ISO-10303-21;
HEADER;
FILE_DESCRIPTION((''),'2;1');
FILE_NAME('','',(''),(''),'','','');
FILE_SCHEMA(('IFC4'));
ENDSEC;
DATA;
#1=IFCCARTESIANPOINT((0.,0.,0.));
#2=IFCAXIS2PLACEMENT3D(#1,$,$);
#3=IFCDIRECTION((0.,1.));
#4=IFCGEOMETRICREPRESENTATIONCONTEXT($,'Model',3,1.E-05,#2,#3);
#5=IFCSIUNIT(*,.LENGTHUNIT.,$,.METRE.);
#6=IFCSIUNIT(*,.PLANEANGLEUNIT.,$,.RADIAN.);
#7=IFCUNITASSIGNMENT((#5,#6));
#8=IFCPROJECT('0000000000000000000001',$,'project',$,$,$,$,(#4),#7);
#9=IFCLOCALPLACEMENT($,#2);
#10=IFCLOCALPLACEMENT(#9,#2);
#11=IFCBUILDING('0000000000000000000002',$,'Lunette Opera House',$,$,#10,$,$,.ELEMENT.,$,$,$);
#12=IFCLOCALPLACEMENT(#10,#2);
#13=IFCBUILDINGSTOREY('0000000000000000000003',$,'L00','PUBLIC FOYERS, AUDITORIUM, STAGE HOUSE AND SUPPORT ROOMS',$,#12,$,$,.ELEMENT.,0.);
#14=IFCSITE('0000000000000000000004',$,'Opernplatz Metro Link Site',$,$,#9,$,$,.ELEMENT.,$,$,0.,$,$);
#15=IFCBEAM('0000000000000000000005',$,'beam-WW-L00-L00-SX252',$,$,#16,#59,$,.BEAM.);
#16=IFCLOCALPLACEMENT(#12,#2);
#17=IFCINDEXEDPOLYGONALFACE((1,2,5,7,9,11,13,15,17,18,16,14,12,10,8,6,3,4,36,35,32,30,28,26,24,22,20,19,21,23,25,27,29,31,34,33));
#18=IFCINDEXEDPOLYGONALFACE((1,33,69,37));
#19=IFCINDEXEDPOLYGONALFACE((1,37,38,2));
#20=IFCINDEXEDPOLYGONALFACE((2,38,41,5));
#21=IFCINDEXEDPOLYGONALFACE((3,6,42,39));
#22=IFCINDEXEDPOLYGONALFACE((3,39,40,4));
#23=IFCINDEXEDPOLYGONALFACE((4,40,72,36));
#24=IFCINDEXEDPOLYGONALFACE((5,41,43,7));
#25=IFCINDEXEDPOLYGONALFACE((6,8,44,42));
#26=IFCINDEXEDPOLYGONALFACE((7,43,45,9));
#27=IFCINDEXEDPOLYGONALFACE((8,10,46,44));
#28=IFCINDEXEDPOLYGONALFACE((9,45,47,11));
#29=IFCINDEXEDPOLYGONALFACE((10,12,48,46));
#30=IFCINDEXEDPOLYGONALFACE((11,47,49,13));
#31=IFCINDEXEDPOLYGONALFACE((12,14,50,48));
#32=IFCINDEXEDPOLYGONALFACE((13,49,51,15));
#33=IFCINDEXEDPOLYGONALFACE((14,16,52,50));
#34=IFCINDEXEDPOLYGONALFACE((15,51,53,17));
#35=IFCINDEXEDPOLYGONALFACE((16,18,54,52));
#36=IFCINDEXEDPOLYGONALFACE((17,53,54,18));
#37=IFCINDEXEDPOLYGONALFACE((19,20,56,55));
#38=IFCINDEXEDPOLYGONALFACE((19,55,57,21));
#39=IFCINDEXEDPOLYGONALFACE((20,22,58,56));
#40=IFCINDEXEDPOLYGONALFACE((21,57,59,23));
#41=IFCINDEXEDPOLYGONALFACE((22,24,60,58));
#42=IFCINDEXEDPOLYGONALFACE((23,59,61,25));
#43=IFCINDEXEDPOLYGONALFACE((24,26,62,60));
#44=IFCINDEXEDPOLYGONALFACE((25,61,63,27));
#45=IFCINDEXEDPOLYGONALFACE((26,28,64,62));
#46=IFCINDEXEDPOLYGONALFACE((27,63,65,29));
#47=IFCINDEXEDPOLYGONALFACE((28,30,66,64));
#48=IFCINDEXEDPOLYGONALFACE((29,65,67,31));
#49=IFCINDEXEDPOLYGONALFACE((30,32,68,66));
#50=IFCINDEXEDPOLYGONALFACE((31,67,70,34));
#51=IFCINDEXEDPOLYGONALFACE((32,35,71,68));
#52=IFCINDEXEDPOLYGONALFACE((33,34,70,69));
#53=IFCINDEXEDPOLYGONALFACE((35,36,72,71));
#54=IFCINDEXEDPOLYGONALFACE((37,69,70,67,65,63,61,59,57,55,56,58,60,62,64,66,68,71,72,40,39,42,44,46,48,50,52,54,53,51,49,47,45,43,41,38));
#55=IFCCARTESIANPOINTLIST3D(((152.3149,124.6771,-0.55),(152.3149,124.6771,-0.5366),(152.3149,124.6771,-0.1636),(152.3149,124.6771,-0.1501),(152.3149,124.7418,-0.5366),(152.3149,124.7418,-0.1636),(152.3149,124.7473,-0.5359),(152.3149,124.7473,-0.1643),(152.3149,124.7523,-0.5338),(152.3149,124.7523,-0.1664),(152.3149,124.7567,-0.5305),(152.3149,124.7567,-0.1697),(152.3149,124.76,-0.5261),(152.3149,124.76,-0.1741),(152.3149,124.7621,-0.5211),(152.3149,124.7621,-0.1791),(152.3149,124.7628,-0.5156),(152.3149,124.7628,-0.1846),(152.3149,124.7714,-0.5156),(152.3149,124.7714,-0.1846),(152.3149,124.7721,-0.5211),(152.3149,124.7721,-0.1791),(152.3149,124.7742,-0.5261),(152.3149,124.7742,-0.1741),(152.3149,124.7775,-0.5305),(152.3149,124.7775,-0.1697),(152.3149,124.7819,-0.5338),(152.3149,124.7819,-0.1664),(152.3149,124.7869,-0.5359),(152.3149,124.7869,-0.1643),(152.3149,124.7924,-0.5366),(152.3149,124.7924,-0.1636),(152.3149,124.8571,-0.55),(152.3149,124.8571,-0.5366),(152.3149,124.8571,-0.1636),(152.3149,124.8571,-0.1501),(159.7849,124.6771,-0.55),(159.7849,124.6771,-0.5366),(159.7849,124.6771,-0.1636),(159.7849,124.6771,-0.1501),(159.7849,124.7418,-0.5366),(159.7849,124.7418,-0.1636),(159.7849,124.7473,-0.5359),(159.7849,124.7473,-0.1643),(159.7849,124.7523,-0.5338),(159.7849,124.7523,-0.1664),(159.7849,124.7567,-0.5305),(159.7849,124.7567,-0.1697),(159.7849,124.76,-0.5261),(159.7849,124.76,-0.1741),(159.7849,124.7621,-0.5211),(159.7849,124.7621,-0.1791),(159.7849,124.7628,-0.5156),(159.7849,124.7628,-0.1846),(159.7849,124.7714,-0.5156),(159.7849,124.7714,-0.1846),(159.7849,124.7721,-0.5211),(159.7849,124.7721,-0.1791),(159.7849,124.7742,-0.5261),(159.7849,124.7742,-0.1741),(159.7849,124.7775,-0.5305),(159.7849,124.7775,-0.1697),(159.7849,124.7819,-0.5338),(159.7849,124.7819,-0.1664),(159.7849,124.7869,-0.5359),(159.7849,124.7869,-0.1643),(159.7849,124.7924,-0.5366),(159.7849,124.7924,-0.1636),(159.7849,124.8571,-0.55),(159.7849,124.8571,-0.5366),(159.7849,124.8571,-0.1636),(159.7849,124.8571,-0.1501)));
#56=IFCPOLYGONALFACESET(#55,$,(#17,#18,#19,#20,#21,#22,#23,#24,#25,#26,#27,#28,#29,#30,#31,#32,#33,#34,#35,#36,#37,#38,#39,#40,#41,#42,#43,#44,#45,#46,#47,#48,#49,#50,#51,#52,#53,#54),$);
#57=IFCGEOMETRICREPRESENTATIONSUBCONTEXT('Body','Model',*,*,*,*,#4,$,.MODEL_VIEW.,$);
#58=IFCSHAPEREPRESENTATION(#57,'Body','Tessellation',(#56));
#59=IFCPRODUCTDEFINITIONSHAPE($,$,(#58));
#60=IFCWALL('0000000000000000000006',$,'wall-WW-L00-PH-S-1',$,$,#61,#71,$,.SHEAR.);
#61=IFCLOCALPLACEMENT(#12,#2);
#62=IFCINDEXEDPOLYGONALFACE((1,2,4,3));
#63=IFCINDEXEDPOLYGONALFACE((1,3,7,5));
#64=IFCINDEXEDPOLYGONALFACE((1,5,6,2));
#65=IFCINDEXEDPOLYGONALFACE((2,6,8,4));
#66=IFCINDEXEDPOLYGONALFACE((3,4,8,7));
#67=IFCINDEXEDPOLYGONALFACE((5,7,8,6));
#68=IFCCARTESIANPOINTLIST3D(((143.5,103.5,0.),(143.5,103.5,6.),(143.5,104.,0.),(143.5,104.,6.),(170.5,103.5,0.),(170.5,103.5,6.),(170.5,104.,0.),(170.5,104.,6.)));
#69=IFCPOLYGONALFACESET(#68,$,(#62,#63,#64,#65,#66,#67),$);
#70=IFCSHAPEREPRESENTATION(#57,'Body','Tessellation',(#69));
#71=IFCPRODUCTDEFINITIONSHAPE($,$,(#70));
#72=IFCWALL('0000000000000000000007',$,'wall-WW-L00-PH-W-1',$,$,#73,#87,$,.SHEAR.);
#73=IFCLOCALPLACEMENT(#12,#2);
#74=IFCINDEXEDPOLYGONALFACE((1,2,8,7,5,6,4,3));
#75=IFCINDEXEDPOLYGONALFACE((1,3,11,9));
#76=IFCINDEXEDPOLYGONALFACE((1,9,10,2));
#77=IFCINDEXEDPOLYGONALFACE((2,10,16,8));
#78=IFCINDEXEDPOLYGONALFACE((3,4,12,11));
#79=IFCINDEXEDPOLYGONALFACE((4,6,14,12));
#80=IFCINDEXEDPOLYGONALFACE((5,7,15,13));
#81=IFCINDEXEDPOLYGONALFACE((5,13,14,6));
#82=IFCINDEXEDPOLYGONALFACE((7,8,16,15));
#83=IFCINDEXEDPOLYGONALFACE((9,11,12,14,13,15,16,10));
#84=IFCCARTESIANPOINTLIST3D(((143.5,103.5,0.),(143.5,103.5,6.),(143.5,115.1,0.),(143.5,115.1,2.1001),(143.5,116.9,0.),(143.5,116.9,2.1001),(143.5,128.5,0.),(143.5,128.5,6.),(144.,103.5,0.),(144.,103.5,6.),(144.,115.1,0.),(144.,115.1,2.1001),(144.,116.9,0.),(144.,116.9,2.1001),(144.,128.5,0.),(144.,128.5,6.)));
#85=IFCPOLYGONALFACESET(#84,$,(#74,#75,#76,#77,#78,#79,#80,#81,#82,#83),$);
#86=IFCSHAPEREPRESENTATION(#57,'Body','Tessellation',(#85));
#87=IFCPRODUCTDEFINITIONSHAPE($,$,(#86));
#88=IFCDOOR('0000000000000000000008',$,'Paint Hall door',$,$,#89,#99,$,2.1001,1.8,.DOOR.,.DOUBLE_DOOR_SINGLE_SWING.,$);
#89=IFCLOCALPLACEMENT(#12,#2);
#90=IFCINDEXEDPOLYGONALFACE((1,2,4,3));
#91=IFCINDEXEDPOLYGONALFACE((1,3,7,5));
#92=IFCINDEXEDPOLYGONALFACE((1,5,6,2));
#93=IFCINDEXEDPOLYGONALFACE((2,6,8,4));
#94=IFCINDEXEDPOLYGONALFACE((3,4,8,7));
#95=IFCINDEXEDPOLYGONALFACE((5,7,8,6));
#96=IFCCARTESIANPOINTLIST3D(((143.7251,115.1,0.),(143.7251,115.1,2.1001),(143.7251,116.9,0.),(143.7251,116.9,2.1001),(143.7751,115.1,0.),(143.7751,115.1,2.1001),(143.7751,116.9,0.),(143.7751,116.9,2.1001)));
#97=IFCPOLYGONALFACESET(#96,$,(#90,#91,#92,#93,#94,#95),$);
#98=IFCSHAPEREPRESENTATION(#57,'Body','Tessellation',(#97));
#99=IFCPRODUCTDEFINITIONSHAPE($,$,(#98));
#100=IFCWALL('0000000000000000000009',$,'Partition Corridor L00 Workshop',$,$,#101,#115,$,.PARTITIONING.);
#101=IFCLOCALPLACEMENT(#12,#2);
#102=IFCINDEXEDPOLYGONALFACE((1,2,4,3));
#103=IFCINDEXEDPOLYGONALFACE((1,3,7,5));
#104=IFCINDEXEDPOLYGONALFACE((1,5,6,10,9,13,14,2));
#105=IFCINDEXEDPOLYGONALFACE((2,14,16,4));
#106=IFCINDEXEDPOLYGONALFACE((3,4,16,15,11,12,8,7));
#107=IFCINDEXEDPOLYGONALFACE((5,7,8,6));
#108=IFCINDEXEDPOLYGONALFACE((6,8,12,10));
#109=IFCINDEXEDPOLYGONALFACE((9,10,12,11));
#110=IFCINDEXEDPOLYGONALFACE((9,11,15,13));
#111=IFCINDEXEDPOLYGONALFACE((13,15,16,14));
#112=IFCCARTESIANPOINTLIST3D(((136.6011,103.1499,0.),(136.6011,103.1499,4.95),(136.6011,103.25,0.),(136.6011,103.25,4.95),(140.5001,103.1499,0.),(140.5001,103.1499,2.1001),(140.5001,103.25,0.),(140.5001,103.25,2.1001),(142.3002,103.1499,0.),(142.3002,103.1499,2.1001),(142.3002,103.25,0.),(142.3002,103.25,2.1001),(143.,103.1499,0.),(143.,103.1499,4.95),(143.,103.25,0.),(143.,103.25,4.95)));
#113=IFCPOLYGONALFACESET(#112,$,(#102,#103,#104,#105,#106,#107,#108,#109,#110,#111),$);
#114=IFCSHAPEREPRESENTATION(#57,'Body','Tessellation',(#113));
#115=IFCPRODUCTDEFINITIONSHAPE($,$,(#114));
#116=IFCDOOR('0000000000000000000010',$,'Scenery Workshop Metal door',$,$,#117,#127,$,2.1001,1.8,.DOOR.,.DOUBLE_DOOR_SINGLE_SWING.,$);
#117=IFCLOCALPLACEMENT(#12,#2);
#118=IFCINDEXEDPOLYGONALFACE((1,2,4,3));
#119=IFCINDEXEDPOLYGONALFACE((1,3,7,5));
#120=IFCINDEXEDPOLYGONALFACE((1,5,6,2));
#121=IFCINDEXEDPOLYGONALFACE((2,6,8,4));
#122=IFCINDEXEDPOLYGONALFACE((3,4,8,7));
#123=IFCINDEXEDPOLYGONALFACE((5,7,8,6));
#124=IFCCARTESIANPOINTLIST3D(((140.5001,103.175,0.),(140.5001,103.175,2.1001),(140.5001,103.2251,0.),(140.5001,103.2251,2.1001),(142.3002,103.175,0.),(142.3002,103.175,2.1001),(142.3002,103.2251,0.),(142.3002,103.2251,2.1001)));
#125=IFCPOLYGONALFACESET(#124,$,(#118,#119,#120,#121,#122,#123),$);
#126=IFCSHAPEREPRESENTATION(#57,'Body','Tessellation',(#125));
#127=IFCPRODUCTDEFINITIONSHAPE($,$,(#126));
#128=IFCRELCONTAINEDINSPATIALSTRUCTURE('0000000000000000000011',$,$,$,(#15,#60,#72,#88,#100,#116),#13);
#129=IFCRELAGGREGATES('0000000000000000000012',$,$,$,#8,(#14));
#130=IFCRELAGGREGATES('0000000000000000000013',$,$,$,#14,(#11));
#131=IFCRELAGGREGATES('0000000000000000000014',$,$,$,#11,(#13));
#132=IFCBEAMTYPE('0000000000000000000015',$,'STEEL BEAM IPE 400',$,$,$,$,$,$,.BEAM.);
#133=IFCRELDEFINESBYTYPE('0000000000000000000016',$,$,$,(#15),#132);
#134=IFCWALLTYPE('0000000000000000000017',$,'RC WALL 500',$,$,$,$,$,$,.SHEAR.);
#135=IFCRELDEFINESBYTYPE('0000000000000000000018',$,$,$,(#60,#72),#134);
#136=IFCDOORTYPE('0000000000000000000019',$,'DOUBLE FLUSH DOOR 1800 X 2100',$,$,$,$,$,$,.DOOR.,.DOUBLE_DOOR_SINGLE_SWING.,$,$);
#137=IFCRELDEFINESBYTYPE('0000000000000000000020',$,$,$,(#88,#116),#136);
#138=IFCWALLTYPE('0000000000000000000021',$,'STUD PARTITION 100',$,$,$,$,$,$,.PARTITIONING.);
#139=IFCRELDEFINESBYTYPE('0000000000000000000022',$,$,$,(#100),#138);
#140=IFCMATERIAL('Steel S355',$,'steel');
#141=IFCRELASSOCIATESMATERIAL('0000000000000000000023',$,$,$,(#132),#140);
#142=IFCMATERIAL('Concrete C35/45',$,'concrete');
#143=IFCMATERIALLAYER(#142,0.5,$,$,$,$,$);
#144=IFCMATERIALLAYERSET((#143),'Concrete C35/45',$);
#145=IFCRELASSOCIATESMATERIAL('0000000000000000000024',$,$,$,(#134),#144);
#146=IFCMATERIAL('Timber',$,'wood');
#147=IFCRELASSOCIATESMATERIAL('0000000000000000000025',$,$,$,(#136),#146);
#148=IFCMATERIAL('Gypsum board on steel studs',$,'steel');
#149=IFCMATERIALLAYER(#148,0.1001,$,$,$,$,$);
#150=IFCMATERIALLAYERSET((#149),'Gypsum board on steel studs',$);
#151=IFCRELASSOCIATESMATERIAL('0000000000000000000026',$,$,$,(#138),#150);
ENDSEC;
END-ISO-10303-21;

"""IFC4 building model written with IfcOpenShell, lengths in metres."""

from ifc_helpers import new_model, si_unit, direction, frame, frame_2d, origin, origin_2d, place, context, subcontext, project, spatial, rectangle, i_section, extrude, material, layer, layer_set, material_profile, profile_set, type_object, element, fill, save


model = new_model("IFC4")

# Units and contexts
model_context = context("Model", 3, precision=1e-05, world=origin(), true_north=direction((0.0, 1.0)))
body_context = subcontext(model_context, "Body", "Model", "MODEL_VIEW")
ifc_project = project(units=[si_unit("LENGTHUNIT", "METRE"), si_unit("PLANEANGLEUNIT", "RADIAN")], contexts=[model_context])

# Site, building, storey
site_placement = place(None, origin())
site = spatial("IfcSite", under=ifc_project, at=site_placement, Name="Opernplatz Metro Link Site", CompositionType="ELEMENT", RefElevation=0.0)
building_placement = place(site_placement, origin())
building = spatial("IfcBuilding", under=site, at=building_placement, Name="Lunette Opera House", CompositionType="ELEMENT")
storey_placement = place(building_placement, origin())
storey = spatial("IfcBuildingStorey", under=building, at=storey_placement, Name="L00", Description="PUBLIC FOYERS, AUDITORIUM, STAGE HOUSE AND SUPPORT ROOMS", CompositionType="ELEMENT", Elevation=0.0)

# Beam
ifc_material_1 = material(Name="Steel S355", Category="steel")
ifc_material_profile_1 = material_profile(ifc_material_1, i_section(OverallWidth=0.1799, OverallDepth=0.3999, WebThickness=0.0085, FlangeThickness=0.0134, FilletRadius=0.021, at=origin_2d()), Name="IPE 400")
ifc_profile_set_1 = profile_set([ifc_material_profile_1], Name="Steel S355")
beam_type_1 = type_object("IfcBeamType", Name="STEEL BEAM IPE 400", PredefinedType="BEAM", material=ifc_profile_set_1)
for number, where, z_axis, x_axis, name in (
    (1, (152.3149, 124.7671, -0.3501), (1.0, 0.0, 0.0), (0.0, 1.0, 0.0), "beam-WW-L00-L00-SX252"),
):
    element("IfcBeam", number, at=place(storey_placement, frame(where, z_axis=z_axis, x_axis=x_axis)), inside=storey, type_object=beam_type_1, Name=name, PredefinedType="BEAM", context=body_context, shape_type="SweptSolid", body=[
        extrude(i_section(OverallWidth=0.1799, OverallDepth=0.3999, WebThickness=0.0085, FlangeThickness=0.0134, FilletRadius=0.021, at=origin_2d()), origin(), (0.0, 0.0, 1.0), 7.47),
    ])

# Wall
ifc_material_2 = material(Name="Concrete C35/45", Category="concrete")
ifc_layer_1 = layer(ifc_material_2, 0.5)
ifc_layer_set_1 = layer_set([ifc_layer_1], Name="Concrete C35/45")
wall_type_1 = type_object("IfcWallType", Name="RC WALL 500", PredefinedType="SHEAR", material=ifc_layer_set_1)
wall_1_placement = place(storey_placement, frame((143.5, 103.75, 0.0), z_axis=(0.0, 0.0, 1.0), x_axis=(1.0, 0.0, 0.0)))
element("IfcWall", 2, at=wall_1_placement, inside=storey, type_object=wall_type_1, Name="wall-WW-L00-PH-S-1", PredefinedType="SHEAR", context=body_context, shape_type="SweptSolid", body=[
    extrude(rectangle(XDim=27.0, YDim=0.5, at=frame_2d((13.5, 0.0))), origin(), (0.0, 0.0, 1.0), 6.0),
])

# Walls, openings, doors
wall_2_placement = place(storey_placement, frame((143.75, 103.5, 0.0), z_axis=(0.0, 0.0, 1.0), x_axis=(0.0, 1.0, 0.0)))
wall_2 = element("IfcWall", 3, at=wall_2_placement, inside=storey, type_object=wall_type_1, Name="wall-WW-L00-PH-W-1", PredefinedType="SHEAR", context=body_context, shape_type="SweptSolid", body=[
    extrude(rectangle(XDim=25.0, YDim=0.5, at=frame_2d((12.5, 0.0))), origin(), (0.0, 0.0, 1.0), 6.0),
])
opening_1_placement = place(wall_2_placement, frame((11.6001, 0.0, 0.0)))
opening_1 = element("IfcOpeningElement", 4, at=opening_1_placement, cuts=wall_2, PredefinedType="OPENING", context=body_context, shape_type="SweptSolid", body=[
    extrude(rectangle(XDim=1.8, YDim=2.1001, at=frame_2d((0.8999, 1.05))), frame((0.0, 0.262, 0.0), z_axis=(0.0, -1.0, 0.0), x_axis=(1.0, 0.0, 0.0)), (0.0, 0.0, 1.0), 0.5239),
])
ifc_material_3 = material(Name="Timber", Category="wood")
door_type = type_object("IfcDoorType", Name="DOUBLE FLUSH DOOR 1800 X 2100", OperationType="DOUBLE_DOOR_SINGLE_SWING", PredefinedType="DOOR", material=ifc_material_3)
door_1_placement = place(opening_1_placement, origin())
door_1 = element("IfcDoor", 5, at=door_1_placement, inside=storey, type_object=door_type, Name="Paint Hall door", OperationType="DOUBLE_DOOR_SINGLE_SWING", OverallHeight=2.1001, OverallWidth=1.8, PredefinedType="DOOR", context=body_context, shape_type="SweptSolid", body=[
    extrude(rectangle(XDim=1.8, YDim=2.1001, at=frame_2d((0.8999, 1.05))), frame((0.0, 0.0249, 0.0), z_axis=(0.0, -1.0, 0.0), x_axis=(1.0, 0.0, 0.0)), (0.0, 0.0, 1.0), 0.05),
])
fill(opening_1, door_1)
ifc_material_4 = material(Name="Gypsum board on steel studs", Category="steel")
ifc_layer_2 = layer(ifc_material_4, 0.1001)
ifc_layer_set_2 = layer_set([ifc_layer_2], Name="Gypsum board on steel studs")
wall_type_2 = type_object("IfcWallType", Name="STUD PARTITION 100", PredefinedType="PARTITIONING", material=ifc_layer_set_2)
wall_3_placement = place(storey_placement, frame((143.0, 103.2, 0.0), z_axis=(0.0, 0.0, 1.0), x_axis=(-1.0, 0.0, 0.0)))
wall_3 = element("IfcWall", 6, at=wall_3_placement, inside=storey, type_object=wall_type_2, Name="Partition Corridor L00 Workshop", PredefinedType="PARTITIONING", context=body_context, shape_type="SweptSolid", body=[
    extrude(rectangle(XDim=6.3989, YDim=0.1001, at=frame_2d((3.1995, 0.0))), origin(), (0.0, 0.0, 1.0), 4.95),
])
opening_2_placement = place(wall_3_placement, frame((0.7, 0.0, 0.0)))
opening_2 = element("IfcOpeningElement", 7, at=opening_2_placement, cuts=wall_3, PredefinedType="OPENING", context=body_context, shape_type="SweptSolid", body=[
    extrude(rectangle(XDim=1.8, YDim=2.1001, at=frame_2d((0.8999, 1.05))), frame((0.0, 0.062, 0.0), z_axis=(0.0, -1.0, 0.0), x_axis=(1.0, 0.0, 0.0)), (0.0, 0.0, 1.0), 0.124),
])
door_2_placement = place(opening_2_placement, origin())
door_2 = element("IfcDoor", 8, at=door_2_placement, inside=storey, type_object=door_type, Name="Scenery Workshop Metal door", OperationType="DOUBLE_DOOR_SINGLE_SWING", OverallHeight=2.1001, OverallWidth=1.8, PredefinedType="DOOR", context=body_context, shape_type="SweptSolid", body=[
    extrude(rectangle(XDim=1.8, YDim=2.1001, at=frame_2d((0.8999, 1.05))), frame((0.0, 0.0249, 0.0), z_axis=(0.0, -1.0, 0.0), x_axis=(1.0, 0.0, 0.0)), (0.0, 0.0, 1.0), 0.05),
])
fill(opening_2, door_2)

save(model, "model.ifc")
